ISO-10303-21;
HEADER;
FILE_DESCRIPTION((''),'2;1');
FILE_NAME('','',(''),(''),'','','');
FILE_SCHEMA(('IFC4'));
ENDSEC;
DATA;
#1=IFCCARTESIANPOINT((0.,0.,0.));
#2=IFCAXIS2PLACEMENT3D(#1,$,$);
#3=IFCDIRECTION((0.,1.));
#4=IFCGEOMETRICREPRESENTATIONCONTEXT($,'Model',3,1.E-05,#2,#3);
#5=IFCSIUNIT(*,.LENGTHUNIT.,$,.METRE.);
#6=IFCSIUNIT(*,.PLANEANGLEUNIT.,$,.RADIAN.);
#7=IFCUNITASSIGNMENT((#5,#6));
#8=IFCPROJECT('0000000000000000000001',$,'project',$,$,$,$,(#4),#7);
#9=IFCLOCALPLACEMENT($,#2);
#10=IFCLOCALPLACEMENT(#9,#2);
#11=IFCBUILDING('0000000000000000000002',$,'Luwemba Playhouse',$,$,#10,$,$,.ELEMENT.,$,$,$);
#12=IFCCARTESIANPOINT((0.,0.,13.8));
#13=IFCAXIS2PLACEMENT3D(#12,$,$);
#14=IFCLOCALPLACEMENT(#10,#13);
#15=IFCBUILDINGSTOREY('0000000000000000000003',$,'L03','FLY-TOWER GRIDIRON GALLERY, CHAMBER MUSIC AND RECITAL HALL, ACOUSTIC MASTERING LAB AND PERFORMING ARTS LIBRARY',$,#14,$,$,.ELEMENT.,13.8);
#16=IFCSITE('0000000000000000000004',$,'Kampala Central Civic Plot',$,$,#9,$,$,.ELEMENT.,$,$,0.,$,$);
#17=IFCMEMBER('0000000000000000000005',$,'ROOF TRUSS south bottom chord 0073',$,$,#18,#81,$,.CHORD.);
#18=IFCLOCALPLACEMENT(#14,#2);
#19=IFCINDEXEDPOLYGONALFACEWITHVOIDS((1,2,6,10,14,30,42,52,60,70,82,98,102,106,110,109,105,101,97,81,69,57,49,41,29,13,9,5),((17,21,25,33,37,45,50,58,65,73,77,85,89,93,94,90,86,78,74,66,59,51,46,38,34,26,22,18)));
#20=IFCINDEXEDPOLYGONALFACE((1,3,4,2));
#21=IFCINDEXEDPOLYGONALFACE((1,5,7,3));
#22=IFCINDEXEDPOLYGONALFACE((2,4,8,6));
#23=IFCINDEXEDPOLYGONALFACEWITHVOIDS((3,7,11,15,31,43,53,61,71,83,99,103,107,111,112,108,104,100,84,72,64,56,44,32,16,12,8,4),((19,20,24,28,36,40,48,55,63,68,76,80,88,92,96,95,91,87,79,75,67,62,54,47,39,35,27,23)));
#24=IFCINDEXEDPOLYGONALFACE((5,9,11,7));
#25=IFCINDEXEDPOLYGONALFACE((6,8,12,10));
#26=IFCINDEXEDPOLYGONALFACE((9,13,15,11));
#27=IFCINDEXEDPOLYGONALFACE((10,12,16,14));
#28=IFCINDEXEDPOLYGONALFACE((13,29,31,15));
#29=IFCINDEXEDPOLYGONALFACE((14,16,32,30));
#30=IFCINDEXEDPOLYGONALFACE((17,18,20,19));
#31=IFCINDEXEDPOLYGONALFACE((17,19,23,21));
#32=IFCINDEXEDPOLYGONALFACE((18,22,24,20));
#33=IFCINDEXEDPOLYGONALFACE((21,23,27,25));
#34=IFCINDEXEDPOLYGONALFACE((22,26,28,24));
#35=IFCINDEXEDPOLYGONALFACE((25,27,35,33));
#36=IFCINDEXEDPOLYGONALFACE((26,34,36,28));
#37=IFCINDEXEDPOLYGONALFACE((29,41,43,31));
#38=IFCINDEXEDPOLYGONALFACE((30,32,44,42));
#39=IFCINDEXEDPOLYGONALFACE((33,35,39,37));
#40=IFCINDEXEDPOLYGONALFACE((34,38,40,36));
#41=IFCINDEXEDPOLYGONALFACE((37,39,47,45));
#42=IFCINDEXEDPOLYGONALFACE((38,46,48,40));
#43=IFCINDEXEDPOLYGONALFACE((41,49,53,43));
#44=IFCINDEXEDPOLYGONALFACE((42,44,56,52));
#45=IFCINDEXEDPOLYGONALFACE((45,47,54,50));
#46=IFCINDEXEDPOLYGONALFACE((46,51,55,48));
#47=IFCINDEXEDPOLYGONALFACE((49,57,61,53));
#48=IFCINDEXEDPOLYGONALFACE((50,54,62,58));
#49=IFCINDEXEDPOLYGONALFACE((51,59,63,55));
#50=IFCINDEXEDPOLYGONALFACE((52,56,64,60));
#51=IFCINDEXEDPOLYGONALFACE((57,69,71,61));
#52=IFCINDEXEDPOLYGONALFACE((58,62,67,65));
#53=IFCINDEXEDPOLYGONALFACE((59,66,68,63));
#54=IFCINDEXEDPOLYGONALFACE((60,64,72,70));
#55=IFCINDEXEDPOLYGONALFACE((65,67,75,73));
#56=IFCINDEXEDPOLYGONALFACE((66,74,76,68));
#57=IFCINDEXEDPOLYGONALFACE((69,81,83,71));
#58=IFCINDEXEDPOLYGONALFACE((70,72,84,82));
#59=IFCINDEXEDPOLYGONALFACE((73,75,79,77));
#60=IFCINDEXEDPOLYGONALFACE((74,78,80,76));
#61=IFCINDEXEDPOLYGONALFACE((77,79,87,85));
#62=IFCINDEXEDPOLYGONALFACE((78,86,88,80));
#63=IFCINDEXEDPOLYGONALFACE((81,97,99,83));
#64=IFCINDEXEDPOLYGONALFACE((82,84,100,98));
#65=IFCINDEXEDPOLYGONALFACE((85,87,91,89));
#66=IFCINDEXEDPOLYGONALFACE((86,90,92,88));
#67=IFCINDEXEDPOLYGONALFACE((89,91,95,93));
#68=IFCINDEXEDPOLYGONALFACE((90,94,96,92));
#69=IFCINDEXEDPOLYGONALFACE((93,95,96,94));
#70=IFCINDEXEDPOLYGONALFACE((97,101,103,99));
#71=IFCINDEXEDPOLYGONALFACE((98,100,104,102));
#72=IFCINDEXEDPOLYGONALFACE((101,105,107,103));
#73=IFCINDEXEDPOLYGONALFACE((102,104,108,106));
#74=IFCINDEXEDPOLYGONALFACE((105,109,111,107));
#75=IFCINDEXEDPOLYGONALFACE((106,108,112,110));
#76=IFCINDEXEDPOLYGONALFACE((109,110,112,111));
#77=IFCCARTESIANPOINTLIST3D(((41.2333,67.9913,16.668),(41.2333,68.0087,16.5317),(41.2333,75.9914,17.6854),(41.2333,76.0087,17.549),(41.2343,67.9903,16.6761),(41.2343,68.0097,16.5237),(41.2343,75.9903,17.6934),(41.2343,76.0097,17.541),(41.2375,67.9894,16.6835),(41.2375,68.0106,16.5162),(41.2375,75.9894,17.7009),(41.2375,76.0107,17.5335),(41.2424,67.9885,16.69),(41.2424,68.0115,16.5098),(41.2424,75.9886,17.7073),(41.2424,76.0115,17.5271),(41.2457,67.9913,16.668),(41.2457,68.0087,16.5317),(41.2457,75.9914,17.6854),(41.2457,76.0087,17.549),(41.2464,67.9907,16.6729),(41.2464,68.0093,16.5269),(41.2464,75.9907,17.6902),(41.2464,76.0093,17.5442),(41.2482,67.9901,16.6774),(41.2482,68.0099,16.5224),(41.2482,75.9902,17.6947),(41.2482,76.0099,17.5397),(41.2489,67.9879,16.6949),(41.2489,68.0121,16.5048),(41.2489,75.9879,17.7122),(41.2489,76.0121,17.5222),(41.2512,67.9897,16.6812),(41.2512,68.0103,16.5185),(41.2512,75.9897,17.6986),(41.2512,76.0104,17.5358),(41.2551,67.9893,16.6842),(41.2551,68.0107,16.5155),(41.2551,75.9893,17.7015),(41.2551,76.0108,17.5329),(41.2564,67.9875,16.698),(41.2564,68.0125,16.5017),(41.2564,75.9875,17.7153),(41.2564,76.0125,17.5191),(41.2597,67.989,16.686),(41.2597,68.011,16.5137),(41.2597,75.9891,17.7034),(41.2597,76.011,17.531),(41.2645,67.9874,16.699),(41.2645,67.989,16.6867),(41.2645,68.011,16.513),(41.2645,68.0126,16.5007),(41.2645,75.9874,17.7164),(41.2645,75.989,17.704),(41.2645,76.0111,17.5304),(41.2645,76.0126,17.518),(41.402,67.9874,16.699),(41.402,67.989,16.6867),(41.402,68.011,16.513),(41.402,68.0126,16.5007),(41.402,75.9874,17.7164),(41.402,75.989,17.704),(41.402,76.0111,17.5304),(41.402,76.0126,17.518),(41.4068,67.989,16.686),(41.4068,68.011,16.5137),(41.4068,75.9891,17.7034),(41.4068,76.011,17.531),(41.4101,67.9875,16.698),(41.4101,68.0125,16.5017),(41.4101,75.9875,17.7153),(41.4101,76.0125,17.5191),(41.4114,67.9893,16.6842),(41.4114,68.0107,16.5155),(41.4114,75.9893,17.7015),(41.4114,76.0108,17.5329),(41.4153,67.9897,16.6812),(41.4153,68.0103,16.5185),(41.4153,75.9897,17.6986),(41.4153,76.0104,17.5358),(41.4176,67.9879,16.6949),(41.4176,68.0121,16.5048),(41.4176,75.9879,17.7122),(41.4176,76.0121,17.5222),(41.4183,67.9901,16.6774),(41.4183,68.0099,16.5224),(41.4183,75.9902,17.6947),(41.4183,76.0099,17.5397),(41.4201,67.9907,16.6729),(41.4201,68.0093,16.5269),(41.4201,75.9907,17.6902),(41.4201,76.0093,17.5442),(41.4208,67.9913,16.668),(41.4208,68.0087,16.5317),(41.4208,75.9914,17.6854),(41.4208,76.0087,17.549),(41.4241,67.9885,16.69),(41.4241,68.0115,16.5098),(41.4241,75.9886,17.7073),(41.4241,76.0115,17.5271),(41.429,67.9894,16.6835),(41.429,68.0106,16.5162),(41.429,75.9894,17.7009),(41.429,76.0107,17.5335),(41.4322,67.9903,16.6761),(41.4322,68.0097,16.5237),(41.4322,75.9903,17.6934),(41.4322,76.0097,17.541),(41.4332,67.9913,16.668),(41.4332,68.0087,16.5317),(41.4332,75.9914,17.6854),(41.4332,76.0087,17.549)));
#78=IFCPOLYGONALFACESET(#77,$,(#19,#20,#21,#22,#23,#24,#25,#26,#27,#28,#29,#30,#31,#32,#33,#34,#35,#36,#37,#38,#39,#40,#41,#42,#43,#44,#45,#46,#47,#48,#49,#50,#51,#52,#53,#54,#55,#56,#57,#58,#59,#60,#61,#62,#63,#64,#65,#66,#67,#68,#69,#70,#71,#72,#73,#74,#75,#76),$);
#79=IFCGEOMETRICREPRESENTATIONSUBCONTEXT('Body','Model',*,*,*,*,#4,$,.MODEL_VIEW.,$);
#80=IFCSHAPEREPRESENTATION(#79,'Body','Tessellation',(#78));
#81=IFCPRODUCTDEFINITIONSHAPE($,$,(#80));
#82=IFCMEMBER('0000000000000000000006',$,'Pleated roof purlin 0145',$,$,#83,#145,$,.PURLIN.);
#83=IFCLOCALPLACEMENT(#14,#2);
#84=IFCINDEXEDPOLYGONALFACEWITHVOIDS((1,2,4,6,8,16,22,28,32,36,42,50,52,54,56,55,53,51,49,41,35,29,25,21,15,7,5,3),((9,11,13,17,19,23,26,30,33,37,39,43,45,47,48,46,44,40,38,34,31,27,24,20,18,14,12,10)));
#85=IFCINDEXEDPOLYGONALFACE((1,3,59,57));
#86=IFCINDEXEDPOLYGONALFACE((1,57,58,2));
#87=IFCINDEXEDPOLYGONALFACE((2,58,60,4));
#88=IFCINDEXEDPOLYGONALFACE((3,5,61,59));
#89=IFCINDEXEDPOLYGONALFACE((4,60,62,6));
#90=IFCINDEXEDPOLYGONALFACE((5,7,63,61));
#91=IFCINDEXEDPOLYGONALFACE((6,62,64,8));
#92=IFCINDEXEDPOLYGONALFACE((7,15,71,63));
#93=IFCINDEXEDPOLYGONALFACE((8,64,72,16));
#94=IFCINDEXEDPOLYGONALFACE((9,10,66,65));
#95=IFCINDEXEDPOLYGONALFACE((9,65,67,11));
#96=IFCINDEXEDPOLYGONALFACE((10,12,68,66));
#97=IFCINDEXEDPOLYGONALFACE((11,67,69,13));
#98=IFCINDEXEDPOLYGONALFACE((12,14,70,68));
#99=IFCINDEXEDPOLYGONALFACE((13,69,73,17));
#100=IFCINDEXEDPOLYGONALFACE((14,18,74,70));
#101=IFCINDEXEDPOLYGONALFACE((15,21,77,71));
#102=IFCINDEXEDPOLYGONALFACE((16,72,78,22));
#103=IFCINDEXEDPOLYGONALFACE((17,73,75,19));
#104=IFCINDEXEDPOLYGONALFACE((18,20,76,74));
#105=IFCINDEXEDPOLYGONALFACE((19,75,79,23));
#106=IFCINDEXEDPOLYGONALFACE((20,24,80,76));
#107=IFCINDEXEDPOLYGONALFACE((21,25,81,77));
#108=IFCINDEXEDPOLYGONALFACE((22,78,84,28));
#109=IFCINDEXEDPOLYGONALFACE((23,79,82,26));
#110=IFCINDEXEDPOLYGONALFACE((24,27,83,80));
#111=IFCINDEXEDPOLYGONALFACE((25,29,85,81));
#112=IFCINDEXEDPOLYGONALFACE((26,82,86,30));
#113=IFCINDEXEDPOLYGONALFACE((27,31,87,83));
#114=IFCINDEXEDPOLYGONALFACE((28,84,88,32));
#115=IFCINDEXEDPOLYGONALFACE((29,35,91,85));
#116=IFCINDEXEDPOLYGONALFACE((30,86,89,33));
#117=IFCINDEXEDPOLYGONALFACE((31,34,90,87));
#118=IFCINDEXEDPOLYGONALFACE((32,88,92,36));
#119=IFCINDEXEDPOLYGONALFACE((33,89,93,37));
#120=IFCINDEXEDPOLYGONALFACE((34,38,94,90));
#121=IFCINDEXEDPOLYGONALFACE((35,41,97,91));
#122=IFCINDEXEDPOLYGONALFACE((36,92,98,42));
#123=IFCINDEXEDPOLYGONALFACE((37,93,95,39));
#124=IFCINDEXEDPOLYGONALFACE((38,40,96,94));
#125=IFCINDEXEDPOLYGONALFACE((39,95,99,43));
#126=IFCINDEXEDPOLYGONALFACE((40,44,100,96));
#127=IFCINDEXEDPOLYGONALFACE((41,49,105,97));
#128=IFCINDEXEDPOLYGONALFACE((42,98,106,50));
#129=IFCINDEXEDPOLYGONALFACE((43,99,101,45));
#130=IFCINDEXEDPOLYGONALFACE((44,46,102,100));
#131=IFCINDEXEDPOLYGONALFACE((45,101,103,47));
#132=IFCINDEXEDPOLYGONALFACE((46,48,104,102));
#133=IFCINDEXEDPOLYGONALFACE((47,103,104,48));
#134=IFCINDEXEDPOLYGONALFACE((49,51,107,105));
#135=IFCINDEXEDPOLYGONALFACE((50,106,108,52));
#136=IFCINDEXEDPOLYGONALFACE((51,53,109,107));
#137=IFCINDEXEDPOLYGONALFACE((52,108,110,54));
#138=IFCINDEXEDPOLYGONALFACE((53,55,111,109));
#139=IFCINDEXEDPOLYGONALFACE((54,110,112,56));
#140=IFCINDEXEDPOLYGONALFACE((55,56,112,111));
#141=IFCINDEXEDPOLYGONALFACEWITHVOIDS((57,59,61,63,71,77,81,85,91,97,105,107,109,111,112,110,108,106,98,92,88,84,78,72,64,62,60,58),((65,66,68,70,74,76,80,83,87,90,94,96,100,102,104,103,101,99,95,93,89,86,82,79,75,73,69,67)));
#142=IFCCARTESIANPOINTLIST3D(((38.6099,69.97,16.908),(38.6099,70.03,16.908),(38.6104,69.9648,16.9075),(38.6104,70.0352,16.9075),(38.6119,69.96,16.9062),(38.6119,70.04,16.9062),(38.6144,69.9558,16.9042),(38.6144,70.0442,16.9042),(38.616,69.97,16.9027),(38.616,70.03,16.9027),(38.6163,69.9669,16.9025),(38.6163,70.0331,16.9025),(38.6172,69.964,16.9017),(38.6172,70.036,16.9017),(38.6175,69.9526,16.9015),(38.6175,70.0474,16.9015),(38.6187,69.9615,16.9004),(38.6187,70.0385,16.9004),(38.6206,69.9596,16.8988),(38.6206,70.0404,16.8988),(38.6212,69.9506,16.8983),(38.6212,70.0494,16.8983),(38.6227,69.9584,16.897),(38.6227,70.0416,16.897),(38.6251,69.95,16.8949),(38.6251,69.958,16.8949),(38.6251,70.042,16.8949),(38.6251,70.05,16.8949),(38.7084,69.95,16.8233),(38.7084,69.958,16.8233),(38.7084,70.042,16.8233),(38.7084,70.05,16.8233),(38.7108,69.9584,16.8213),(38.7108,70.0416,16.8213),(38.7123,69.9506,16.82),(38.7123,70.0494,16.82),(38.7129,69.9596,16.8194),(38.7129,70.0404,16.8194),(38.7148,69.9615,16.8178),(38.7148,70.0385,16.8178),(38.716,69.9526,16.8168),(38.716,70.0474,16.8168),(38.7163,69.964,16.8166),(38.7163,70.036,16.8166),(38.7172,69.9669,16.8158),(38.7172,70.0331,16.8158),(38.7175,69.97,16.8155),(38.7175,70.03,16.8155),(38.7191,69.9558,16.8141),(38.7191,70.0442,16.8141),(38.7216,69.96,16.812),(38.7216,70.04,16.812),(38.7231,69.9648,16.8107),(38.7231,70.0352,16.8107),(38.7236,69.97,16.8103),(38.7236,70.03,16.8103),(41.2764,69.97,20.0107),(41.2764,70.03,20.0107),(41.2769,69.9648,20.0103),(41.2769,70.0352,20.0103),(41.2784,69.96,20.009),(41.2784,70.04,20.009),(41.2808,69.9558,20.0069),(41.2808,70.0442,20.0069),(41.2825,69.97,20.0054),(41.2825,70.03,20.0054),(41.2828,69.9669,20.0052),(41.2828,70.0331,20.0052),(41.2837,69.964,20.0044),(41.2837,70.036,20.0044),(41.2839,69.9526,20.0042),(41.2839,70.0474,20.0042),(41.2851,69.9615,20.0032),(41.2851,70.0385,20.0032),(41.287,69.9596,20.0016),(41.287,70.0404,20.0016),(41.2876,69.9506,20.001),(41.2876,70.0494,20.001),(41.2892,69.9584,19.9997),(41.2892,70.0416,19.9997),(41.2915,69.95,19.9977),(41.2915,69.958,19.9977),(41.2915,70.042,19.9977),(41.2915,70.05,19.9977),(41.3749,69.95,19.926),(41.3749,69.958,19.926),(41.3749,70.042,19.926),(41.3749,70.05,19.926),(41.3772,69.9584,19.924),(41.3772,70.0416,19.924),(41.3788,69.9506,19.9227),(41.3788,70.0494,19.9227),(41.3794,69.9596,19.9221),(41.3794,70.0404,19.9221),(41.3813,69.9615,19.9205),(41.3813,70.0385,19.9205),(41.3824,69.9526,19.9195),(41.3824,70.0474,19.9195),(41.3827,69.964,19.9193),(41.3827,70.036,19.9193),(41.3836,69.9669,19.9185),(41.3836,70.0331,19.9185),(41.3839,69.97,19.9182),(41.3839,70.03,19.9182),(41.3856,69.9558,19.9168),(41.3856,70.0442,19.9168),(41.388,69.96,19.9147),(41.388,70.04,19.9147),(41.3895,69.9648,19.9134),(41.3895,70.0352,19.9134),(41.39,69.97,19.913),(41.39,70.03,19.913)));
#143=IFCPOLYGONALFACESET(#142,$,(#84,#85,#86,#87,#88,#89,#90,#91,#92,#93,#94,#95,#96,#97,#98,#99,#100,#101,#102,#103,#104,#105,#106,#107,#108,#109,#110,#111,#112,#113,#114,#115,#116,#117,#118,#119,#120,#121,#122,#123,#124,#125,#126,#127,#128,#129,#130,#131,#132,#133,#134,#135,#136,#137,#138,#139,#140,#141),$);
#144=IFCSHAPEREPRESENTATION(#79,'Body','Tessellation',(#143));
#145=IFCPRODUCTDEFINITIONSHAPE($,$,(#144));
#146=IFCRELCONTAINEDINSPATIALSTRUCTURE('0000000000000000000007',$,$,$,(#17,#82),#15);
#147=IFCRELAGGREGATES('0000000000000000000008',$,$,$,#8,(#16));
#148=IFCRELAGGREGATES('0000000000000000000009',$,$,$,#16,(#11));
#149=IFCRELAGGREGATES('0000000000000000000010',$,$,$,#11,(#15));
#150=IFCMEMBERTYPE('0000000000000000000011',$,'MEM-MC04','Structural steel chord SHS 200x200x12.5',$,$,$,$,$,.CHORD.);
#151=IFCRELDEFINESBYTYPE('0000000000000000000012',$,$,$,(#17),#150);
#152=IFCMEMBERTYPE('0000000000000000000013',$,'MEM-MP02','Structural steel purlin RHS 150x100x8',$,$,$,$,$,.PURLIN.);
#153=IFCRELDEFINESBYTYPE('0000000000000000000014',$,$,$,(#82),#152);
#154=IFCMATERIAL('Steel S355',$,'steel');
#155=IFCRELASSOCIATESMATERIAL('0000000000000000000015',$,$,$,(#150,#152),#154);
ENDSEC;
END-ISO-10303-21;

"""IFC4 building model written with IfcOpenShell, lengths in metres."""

from ifc_helpers import new_model, si_unit, direction, frame, origin, origin_2d, place, context, subcontext, project, spatial, hollow_rectangle, extrude, material, material_profile, profile_set, type_object, element, save


model = new_model("IFC4")

# Units and contexts
model_context = context("Model", 3, precision=1e-05, world=origin(), true_north=direction((0.0, 1.0)))
body_context = subcontext(model_context, "Body", "Model", "MODEL_VIEW")
ifc_project = project(units=[si_unit("LENGTHUNIT", "METRE"), si_unit("PLANEANGLEUNIT", "RADIAN")], contexts=[model_context])

# Site, building, storey
site_placement = place(None, origin())
site = spatial("IfcSite", under=ifc_project, at=site_placement, Name="Kampala Central Civic Plot", CompositionType="ELEMENT", RefElevation=0.0)
building_placement = place(site_placement, origin())
building = spatial("IfcBuilding", under=site, at=building_placement, Name="Luwemba Playhouse", CompositionType="ELEMENT")
storey_placement = place(building_placement, frame((0.0, 0.0, 13.8)))
storey = spatial("IfcBuildingStorey", under=building, at=storey_placement, Name="L03", Description="FLY-TOWER GRIDIRON GALLERY, CHAMBER MUSIC AND RECITAL HALL, ACOUSTIC MASTERING LAB AND PERFORMING ARTS LIBRARY", CompositionType="ELEMENT", Elevation=13.8)

# Shared definitions
ifc_material_1 = material(Name="Steel S355", Category="steel")

# Members
ifc_material_profile_1 = material_profile(ifc_material_1, hollow_rectangle(XDim=0.2, YDim=0.2, WallThickness=0.0125, InnerFilletRadius=0.0188, OuterFilletRadius=0.0312, at=origin_2d()))
ifc_profile_set_1 = profile_set([ifc_material_profile_1], Name="Steel S355")
member_type_1 = type_object("IfcMemberType", Name="MEM-MC04", Description="Structural steel chord SHS 200x200x12.5", PredefinedType="CHORD", material=ifc_profile_set_1)
member_1_placement = place(storey_placement, frame((41.3333, 68.0, 16.5999), z_axis=(0.0, 0.992011, 0.126151), x_axis=(-1.0, 0.0, 0.0)))
element("IfcMember", 1, at=member_1_placement, inside=storey, type_object=member_type_1, Name="ROOF TRUSS south bottom chord 0073", PredefinedType="CHORD", context=body_context, shape_type="SweptSolid", body=[
    extrude(hollow_rectangle(XDim=0.2, YDim=0.2, WallThickness=0.0125, InnerFilletRadius=0.0188, OuterFilletRadius=0.0312, at=origin_2d()), origin(), (0.0, 0.0, 1.0), 8.0645),
])
ifc_material_profile_2 = material_profile(ifc_material_1, hollow_rectangle(XDim=0.1001, YDim=0.1499, WallThickness=0.0081, InnerFilletRadius=0.012, OuterFilletRadius=0.02, at=origin_2d()))
ifc_profile_set_2 = profile_set([ifc_material_profile_2], Name="Steel S355")
member_type_2 = type_object("IfcMemberType", Name="MEM-MP02", Description="Structural steel purlin RHS 150x100x8", PredefinedType="PURLIN", material=ifc_profile_set_2)
member_2_placement = place(storey_placement, frame((38.6667, 70.0, 16.8591), z_axis=(0.651774, 0.0, 0.758413), x_axis=(0.0, 1.0, 0.0)))
element("IfcMember", 2, at=member_2_placement, inside=storey, type_object=member_type_2, Name="Pleated roof purlin 0145", PredefinedType="PURLIN", context=body_context, shape_type="SweptSolid", body=[
    extrude(hollow_rectangle(XDim=0.1001, YDim=0.1499, WallThickness=0.0081, InnerFilletRadius=0.012, OuterFilletRadius=0.02, at=origin_2d()), origin(), (0.0, 0.0, 1.0), 4.0911),
])

save(model, "model.ifc")
